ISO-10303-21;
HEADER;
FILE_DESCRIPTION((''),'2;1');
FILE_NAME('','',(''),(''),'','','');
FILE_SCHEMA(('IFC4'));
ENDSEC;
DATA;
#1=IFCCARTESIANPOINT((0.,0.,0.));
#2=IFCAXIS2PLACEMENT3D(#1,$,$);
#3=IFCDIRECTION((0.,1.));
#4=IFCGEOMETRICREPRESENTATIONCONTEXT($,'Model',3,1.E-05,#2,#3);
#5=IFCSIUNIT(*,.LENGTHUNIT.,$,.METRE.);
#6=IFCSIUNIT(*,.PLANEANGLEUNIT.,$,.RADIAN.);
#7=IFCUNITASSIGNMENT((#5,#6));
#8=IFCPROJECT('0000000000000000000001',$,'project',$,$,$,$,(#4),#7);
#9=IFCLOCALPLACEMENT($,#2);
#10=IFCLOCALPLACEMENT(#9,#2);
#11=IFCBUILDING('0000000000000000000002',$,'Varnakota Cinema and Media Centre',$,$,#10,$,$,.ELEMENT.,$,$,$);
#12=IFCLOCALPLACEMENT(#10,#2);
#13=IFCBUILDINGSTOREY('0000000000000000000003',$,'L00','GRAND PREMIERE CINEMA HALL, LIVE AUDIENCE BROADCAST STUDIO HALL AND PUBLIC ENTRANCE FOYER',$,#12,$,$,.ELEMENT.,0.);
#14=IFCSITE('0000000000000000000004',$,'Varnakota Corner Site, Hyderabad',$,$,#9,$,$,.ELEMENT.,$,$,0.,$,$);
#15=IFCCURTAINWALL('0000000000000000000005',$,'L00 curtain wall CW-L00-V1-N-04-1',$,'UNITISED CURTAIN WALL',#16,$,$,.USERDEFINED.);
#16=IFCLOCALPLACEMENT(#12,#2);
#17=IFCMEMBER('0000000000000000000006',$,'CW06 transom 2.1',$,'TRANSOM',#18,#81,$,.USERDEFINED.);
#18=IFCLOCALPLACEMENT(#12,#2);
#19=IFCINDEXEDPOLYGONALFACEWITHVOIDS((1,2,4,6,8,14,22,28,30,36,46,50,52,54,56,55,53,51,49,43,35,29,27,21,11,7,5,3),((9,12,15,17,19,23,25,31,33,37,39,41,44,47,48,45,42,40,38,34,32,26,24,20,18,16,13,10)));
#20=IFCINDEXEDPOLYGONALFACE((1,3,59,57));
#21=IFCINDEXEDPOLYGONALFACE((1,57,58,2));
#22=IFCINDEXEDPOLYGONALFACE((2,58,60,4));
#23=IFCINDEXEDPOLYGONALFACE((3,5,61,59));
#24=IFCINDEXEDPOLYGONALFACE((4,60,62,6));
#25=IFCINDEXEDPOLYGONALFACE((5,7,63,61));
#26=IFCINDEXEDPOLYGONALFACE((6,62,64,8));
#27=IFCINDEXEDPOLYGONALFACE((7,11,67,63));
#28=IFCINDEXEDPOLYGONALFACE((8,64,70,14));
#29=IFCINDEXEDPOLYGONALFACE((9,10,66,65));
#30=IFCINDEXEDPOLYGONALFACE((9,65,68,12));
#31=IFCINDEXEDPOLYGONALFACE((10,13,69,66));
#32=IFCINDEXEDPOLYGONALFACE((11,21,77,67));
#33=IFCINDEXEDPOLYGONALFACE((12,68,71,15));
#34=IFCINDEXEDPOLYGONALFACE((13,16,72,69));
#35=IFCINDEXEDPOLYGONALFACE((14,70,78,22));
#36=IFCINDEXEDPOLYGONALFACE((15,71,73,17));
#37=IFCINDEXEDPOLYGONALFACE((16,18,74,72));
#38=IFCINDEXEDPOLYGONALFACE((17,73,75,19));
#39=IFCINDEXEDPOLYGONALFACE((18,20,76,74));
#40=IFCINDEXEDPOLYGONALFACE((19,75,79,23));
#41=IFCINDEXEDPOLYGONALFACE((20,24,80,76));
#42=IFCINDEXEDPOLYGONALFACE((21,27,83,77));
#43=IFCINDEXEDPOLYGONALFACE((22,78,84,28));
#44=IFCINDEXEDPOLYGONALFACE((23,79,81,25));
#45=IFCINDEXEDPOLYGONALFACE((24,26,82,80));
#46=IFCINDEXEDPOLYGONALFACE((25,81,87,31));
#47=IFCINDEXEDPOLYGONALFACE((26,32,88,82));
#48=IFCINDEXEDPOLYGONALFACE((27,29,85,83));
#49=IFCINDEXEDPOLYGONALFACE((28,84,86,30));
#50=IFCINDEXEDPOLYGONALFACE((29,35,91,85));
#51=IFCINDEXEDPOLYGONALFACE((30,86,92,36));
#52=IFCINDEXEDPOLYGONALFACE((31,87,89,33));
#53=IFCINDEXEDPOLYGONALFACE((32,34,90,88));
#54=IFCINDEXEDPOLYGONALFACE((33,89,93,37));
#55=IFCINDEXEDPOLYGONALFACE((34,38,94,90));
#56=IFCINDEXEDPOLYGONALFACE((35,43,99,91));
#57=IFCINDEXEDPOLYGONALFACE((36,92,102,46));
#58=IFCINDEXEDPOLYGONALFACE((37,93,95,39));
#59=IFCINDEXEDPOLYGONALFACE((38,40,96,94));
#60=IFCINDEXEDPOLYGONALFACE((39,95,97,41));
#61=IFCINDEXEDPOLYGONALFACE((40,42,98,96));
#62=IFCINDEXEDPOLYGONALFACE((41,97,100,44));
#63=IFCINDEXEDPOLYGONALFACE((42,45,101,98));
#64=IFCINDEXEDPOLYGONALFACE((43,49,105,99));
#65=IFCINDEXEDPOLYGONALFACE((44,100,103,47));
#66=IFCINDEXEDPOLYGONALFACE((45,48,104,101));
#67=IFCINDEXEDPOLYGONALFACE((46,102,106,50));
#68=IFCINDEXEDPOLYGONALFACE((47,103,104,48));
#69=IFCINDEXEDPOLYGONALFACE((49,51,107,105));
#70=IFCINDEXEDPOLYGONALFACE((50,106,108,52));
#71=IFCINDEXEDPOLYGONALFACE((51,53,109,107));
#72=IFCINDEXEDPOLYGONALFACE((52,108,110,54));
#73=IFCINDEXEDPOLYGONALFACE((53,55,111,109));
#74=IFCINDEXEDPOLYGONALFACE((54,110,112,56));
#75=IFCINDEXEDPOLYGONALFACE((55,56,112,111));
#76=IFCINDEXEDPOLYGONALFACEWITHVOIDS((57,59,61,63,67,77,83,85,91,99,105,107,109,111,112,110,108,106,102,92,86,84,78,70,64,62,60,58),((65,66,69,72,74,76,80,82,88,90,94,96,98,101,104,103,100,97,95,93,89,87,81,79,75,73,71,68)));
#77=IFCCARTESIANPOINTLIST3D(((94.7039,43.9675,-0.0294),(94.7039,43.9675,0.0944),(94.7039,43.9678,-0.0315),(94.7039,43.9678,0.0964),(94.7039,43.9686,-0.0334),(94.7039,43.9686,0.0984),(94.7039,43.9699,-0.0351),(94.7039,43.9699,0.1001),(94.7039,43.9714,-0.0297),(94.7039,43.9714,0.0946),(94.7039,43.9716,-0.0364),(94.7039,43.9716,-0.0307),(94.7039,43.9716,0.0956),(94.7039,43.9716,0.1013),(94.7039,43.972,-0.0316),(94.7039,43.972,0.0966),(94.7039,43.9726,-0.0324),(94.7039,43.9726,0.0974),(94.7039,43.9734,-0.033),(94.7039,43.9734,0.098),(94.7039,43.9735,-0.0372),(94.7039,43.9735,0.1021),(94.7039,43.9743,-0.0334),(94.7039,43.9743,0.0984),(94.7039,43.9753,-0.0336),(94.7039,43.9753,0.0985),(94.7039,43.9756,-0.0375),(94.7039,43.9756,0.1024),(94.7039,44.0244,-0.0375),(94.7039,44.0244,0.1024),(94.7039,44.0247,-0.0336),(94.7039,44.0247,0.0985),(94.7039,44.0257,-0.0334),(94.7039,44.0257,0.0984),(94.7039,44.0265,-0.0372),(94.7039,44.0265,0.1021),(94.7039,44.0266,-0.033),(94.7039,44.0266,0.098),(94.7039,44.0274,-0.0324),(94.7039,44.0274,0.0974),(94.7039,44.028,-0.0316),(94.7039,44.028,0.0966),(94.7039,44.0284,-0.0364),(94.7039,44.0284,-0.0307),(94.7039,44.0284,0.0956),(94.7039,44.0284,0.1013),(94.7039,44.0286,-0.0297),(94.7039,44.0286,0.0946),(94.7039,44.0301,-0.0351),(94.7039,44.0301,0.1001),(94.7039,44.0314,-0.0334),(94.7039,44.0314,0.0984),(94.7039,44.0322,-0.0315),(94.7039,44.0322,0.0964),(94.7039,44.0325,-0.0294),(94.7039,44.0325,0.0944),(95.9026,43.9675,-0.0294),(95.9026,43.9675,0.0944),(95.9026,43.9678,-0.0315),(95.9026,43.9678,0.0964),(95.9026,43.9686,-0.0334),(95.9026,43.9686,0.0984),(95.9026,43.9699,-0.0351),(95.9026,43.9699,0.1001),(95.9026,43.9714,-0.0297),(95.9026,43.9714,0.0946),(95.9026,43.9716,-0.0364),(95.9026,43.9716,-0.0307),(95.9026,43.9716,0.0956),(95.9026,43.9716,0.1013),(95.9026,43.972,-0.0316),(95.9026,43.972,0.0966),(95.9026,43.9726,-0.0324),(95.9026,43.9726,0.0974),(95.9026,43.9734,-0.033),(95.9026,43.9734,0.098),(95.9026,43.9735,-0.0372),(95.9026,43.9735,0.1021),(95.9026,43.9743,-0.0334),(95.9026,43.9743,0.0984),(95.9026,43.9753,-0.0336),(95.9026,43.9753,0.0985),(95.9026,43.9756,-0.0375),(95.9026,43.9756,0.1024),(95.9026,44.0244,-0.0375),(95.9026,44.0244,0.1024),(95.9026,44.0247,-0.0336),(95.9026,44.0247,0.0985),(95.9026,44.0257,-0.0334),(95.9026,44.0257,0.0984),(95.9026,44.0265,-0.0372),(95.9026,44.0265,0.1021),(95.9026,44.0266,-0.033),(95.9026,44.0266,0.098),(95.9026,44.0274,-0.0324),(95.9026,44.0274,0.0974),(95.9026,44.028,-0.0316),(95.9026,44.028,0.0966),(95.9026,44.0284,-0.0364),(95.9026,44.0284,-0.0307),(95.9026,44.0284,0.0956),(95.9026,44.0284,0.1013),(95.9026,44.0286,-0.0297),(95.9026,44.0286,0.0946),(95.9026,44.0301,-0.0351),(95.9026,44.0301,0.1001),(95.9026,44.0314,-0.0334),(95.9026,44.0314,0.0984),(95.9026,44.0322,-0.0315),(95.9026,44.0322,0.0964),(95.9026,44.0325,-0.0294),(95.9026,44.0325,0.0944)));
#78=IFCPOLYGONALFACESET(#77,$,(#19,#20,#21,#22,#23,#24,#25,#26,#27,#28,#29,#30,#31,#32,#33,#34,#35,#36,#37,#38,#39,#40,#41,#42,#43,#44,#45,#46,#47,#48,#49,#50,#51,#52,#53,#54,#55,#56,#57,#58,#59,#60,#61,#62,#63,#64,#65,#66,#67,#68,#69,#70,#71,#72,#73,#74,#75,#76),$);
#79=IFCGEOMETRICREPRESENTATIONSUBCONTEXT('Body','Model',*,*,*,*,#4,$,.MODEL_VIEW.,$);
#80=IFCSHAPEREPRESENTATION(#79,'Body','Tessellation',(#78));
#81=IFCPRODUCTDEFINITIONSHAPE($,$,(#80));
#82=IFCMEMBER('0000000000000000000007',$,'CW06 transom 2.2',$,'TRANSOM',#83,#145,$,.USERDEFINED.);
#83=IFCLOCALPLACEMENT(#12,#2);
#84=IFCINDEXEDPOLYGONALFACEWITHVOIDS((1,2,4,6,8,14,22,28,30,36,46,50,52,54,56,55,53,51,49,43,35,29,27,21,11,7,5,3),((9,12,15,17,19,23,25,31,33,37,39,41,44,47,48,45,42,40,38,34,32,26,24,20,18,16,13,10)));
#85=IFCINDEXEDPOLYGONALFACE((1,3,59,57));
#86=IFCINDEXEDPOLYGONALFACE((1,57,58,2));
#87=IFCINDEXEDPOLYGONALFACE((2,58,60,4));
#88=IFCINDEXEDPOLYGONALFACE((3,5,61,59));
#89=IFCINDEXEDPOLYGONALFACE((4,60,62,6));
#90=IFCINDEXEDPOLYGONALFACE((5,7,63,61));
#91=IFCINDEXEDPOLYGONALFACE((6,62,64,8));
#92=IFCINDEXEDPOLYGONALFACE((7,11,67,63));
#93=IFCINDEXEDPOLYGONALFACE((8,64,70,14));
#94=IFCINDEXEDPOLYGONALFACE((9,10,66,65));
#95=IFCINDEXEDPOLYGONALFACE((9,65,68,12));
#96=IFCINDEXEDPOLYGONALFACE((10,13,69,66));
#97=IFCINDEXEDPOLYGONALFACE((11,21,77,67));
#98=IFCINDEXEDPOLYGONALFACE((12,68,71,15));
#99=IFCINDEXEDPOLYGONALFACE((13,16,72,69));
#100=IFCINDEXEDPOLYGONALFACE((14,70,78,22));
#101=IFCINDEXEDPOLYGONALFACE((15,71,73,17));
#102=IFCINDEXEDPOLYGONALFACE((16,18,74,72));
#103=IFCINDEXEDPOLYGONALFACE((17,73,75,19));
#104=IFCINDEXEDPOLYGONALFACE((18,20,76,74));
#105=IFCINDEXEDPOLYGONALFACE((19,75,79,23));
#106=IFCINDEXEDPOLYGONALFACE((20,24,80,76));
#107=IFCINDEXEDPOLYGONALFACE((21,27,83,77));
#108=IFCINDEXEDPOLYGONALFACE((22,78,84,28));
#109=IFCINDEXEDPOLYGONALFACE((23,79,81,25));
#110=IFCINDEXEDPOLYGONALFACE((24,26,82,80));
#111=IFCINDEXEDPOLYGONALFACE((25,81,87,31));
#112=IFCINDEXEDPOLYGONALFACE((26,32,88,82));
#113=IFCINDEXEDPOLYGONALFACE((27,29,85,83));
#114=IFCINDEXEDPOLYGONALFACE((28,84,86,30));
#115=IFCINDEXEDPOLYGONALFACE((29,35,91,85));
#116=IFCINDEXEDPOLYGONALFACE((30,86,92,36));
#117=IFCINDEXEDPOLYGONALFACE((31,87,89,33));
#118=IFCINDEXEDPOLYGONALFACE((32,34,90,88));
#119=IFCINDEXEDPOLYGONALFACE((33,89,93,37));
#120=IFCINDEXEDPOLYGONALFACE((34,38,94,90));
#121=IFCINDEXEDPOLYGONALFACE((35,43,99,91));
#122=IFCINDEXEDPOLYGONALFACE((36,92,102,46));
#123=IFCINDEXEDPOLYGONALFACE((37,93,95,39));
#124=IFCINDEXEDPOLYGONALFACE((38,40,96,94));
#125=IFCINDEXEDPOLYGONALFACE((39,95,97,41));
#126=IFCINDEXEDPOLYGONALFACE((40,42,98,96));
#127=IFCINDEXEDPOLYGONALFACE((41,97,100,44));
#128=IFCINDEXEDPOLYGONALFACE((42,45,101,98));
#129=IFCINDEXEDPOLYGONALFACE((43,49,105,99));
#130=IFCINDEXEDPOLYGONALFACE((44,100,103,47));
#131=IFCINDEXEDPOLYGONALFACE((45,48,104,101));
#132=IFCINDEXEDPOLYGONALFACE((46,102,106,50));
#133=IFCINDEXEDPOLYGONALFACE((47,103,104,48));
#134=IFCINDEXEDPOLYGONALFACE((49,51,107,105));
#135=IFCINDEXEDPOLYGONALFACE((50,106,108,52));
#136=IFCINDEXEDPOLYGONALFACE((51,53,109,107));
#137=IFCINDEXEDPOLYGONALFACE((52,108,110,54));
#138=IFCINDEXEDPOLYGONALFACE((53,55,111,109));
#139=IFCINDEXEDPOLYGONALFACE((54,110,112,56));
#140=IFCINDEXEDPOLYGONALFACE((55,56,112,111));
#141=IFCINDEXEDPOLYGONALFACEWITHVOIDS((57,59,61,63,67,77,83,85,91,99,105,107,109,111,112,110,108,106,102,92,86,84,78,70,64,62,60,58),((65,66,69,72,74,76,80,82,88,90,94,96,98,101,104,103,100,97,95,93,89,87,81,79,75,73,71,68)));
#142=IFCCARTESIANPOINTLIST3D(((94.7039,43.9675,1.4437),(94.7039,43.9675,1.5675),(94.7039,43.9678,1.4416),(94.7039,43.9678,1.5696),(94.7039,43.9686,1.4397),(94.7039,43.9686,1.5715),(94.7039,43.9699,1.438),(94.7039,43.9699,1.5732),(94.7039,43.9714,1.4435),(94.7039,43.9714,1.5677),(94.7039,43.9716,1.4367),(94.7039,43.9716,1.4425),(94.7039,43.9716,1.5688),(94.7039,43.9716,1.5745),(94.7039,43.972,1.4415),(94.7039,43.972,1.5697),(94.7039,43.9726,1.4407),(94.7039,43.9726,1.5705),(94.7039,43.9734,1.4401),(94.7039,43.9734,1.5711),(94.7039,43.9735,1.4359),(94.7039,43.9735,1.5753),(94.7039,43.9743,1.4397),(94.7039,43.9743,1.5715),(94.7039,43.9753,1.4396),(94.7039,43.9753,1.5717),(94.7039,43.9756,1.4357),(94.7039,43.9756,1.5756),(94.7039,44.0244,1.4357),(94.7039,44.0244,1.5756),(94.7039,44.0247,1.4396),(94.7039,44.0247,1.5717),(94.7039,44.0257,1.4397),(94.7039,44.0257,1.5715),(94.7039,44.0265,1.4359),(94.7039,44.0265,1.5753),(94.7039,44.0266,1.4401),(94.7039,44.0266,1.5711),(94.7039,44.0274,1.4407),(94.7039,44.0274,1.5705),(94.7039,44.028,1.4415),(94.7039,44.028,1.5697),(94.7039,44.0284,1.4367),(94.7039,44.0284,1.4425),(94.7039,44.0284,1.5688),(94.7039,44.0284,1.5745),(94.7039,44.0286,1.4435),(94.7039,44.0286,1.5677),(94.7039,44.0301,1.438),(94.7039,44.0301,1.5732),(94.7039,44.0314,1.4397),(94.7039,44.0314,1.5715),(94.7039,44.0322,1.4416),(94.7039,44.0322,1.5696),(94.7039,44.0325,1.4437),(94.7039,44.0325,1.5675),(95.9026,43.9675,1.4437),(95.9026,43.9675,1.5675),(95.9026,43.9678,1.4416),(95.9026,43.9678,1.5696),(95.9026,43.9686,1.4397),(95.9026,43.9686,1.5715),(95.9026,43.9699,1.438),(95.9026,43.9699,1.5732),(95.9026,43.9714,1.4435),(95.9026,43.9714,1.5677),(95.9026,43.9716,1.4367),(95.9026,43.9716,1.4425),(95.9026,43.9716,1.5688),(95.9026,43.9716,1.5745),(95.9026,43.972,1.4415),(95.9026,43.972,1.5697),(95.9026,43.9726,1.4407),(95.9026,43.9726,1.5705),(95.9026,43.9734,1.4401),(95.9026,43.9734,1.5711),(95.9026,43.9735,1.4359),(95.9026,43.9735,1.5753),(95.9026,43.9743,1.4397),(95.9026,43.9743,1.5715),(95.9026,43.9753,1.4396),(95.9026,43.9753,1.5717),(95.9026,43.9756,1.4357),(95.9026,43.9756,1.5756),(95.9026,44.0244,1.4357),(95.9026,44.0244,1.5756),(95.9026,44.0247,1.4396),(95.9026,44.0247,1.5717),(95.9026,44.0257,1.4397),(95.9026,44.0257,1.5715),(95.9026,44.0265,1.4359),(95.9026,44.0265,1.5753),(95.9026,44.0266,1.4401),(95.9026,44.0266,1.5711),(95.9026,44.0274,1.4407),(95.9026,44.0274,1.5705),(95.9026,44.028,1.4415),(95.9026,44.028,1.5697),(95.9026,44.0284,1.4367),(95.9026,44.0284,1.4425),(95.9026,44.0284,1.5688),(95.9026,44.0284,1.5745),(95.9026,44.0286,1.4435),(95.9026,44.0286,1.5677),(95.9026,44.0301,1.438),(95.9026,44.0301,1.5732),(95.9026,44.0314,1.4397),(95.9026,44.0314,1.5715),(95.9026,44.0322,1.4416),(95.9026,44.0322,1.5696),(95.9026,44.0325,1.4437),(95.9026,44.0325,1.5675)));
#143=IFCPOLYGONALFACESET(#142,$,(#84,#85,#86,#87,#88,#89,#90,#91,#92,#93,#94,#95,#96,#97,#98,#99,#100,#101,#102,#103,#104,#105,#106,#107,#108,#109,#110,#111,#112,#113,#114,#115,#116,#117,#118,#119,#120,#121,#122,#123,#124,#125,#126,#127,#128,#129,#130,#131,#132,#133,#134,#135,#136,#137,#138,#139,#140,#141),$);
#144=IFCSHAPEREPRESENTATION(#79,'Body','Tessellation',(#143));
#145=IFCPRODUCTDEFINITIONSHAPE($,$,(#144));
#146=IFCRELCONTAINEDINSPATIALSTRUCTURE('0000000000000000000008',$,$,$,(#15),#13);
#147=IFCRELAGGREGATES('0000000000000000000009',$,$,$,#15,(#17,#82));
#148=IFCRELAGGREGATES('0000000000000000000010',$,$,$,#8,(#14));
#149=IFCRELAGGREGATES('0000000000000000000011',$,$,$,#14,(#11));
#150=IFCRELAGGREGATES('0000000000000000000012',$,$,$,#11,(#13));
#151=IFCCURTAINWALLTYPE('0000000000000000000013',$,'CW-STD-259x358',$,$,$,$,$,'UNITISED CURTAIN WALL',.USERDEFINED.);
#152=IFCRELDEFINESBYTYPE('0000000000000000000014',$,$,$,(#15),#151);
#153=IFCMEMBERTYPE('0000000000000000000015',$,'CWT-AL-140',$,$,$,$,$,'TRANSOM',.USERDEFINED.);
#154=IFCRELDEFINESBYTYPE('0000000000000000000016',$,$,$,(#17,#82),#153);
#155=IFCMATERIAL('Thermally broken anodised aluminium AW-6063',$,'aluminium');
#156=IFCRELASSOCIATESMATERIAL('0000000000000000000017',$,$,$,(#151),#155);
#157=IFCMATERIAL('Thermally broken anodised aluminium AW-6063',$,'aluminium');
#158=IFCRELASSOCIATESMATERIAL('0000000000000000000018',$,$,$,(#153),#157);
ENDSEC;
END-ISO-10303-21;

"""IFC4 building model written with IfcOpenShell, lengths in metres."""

from ifc_helpers import new_model, si_unit, direction, frame, origin, origin_2d, place, context, subcontext, project, spatial, hollow_rectangle, extrude, material, material_profile, profile_set, type_object, element, aggregate, save


model = new_model("IFC4")

# Units and contexts
model_context = context("Model", 3, precision=1e-05, world=origin(), true_north=direction((0.0, 1.0)))
body_context = subcontext(model_context, "Body", "Model", "MODEL_VIEW")
ifc_project = project(units=[si_unit("LENGTHUNIT", "METRE"), si_unit("PLANEANGLEUNIT", "RADIAN")], contexts=[model_context])

# Site, building, storey
site_placement = place(None, origin())
site = spatial("IfcSite", under=ifc_project, at=site_placement, Name="Varnakota Corner Site, Hyderabad", CompositionType="ELEMENT", RefElevation=0.0)
building_placement = place(site_placement, origin())
building = spatial("IfcBuilding", under=site, at=building_placement, Name="Varnakota Cinema and Media Centre", CompositionType="ELEMENT")
storey_placement = place(building_placement, origin())
storey = spatial("IfcBuildingStorey", under=building, at=storey_placement, Name="L00", Description="GRAND PREMIERE CINEMA HALL, LIVE AUDIENCE BROADCAST STUDIO HALL AND PUBLIC ENTRANCE FOYER", CompositionType="ELEMENT", Elevation=0.0)

# Curtain wall
ifc_material_1 = material(Name="Thermally broken anodised aluminium AW-6063", Category="aluminium")
curtain_wall_type = type_object("IfcCurtainWallType", Name="CW-STD-259x358", ElementType="UNITISED CURTAIN WALL", PredefinedType="USERDEFINED", material=ifc_material_1)
curtain_wall_1_placement = place(storey_placement, origin())
curtain_wall_1 = element("IfcCurtainWall", 1, at=curtain_wall_1_placement, inside=storey, type_object=curtain_wall_type, Name="L00 curtain wall CW-L00-V1-N-04-1", ObjectType="UNITISED CURTAIN WALL", PredefinedType="USERDEFINED")

# Members
ifc_material_2 = material(Name="Thermally broken anodised aluminium AW-6063", Category="aluminium")
ifc_material_profile_1 = material_profile(ifc_material_2, hollow_rectangle(XDim=0.0649, YDim=0.1399, WallThickness=0.0039, InnerFilletRadius=0.0039, OuterFilletRadius=0.0081, at=origin_2d()), Name="AL-TRANSOM 140x65x4")
ifc_profile_set_1 = profile_set([ifc_material_profile_1], Name="Thermally broken anodised aluminium AW-6063")
member_type_1 = type_object("IfcMemberType", Name="CWT-AL-140", ElementType="TRANSOM", PredefinedType="USERDEFINED", material=ifc_profile_set_1)
member_1_placement = place(storey_placement, frame((94.7039, 44.0, 0.0325), z_axis=(1.0, 0.0, 0.0), x_axis=(0.0, 1.0, 0.0)))
member_1 = element("IfcMember", 2, at=member_1_placement, type_object=member_type_1, Name="CW06 transom 2.1", ObjectType="TRANSOM", PredefinedType="USERDEFINED", context=body_context, shape_type="SweptSolid", body=[
    extrude(hollow_rectangle(XDim=0.0649, YDim=0.1399, WallThickness=0.0039, InnerFilletRadius=0.0039, OuterFilletRadius=0.0081, at=origin_2d()), origin(), (0.0, 0.0, 1.0), 1.1987),
])
member_2_placement = place(storey_placement, frame((94.7039, 44.0, 1.5056), z_axis=(1.0, 0.0, 0.0), x_axis=(0.0, 1.0, 0.0)))
member_2 = element("IfcMember", 3, at=member_2_placement, type_object=member_type_1, Name="CW06 transom 2.2", ObjectType="TRANSOM", PredefinedType="USERDEFINED", context=body_context, shape_type="SweptSolid", body=[
    extrude(hollow_rectangle(XDim=0.0649, YDim=0.1399, WallThickness=0.0039, InnerFilletRadius=0.0039, OuterFilletRadius=0.0081, at=origin_2d()), origin(), (0.0, 0.0, 1.0), 1.1987),
])

aggregate(curtain_wall_1, [member_1, member_2])

save(model, "model.ifc")
